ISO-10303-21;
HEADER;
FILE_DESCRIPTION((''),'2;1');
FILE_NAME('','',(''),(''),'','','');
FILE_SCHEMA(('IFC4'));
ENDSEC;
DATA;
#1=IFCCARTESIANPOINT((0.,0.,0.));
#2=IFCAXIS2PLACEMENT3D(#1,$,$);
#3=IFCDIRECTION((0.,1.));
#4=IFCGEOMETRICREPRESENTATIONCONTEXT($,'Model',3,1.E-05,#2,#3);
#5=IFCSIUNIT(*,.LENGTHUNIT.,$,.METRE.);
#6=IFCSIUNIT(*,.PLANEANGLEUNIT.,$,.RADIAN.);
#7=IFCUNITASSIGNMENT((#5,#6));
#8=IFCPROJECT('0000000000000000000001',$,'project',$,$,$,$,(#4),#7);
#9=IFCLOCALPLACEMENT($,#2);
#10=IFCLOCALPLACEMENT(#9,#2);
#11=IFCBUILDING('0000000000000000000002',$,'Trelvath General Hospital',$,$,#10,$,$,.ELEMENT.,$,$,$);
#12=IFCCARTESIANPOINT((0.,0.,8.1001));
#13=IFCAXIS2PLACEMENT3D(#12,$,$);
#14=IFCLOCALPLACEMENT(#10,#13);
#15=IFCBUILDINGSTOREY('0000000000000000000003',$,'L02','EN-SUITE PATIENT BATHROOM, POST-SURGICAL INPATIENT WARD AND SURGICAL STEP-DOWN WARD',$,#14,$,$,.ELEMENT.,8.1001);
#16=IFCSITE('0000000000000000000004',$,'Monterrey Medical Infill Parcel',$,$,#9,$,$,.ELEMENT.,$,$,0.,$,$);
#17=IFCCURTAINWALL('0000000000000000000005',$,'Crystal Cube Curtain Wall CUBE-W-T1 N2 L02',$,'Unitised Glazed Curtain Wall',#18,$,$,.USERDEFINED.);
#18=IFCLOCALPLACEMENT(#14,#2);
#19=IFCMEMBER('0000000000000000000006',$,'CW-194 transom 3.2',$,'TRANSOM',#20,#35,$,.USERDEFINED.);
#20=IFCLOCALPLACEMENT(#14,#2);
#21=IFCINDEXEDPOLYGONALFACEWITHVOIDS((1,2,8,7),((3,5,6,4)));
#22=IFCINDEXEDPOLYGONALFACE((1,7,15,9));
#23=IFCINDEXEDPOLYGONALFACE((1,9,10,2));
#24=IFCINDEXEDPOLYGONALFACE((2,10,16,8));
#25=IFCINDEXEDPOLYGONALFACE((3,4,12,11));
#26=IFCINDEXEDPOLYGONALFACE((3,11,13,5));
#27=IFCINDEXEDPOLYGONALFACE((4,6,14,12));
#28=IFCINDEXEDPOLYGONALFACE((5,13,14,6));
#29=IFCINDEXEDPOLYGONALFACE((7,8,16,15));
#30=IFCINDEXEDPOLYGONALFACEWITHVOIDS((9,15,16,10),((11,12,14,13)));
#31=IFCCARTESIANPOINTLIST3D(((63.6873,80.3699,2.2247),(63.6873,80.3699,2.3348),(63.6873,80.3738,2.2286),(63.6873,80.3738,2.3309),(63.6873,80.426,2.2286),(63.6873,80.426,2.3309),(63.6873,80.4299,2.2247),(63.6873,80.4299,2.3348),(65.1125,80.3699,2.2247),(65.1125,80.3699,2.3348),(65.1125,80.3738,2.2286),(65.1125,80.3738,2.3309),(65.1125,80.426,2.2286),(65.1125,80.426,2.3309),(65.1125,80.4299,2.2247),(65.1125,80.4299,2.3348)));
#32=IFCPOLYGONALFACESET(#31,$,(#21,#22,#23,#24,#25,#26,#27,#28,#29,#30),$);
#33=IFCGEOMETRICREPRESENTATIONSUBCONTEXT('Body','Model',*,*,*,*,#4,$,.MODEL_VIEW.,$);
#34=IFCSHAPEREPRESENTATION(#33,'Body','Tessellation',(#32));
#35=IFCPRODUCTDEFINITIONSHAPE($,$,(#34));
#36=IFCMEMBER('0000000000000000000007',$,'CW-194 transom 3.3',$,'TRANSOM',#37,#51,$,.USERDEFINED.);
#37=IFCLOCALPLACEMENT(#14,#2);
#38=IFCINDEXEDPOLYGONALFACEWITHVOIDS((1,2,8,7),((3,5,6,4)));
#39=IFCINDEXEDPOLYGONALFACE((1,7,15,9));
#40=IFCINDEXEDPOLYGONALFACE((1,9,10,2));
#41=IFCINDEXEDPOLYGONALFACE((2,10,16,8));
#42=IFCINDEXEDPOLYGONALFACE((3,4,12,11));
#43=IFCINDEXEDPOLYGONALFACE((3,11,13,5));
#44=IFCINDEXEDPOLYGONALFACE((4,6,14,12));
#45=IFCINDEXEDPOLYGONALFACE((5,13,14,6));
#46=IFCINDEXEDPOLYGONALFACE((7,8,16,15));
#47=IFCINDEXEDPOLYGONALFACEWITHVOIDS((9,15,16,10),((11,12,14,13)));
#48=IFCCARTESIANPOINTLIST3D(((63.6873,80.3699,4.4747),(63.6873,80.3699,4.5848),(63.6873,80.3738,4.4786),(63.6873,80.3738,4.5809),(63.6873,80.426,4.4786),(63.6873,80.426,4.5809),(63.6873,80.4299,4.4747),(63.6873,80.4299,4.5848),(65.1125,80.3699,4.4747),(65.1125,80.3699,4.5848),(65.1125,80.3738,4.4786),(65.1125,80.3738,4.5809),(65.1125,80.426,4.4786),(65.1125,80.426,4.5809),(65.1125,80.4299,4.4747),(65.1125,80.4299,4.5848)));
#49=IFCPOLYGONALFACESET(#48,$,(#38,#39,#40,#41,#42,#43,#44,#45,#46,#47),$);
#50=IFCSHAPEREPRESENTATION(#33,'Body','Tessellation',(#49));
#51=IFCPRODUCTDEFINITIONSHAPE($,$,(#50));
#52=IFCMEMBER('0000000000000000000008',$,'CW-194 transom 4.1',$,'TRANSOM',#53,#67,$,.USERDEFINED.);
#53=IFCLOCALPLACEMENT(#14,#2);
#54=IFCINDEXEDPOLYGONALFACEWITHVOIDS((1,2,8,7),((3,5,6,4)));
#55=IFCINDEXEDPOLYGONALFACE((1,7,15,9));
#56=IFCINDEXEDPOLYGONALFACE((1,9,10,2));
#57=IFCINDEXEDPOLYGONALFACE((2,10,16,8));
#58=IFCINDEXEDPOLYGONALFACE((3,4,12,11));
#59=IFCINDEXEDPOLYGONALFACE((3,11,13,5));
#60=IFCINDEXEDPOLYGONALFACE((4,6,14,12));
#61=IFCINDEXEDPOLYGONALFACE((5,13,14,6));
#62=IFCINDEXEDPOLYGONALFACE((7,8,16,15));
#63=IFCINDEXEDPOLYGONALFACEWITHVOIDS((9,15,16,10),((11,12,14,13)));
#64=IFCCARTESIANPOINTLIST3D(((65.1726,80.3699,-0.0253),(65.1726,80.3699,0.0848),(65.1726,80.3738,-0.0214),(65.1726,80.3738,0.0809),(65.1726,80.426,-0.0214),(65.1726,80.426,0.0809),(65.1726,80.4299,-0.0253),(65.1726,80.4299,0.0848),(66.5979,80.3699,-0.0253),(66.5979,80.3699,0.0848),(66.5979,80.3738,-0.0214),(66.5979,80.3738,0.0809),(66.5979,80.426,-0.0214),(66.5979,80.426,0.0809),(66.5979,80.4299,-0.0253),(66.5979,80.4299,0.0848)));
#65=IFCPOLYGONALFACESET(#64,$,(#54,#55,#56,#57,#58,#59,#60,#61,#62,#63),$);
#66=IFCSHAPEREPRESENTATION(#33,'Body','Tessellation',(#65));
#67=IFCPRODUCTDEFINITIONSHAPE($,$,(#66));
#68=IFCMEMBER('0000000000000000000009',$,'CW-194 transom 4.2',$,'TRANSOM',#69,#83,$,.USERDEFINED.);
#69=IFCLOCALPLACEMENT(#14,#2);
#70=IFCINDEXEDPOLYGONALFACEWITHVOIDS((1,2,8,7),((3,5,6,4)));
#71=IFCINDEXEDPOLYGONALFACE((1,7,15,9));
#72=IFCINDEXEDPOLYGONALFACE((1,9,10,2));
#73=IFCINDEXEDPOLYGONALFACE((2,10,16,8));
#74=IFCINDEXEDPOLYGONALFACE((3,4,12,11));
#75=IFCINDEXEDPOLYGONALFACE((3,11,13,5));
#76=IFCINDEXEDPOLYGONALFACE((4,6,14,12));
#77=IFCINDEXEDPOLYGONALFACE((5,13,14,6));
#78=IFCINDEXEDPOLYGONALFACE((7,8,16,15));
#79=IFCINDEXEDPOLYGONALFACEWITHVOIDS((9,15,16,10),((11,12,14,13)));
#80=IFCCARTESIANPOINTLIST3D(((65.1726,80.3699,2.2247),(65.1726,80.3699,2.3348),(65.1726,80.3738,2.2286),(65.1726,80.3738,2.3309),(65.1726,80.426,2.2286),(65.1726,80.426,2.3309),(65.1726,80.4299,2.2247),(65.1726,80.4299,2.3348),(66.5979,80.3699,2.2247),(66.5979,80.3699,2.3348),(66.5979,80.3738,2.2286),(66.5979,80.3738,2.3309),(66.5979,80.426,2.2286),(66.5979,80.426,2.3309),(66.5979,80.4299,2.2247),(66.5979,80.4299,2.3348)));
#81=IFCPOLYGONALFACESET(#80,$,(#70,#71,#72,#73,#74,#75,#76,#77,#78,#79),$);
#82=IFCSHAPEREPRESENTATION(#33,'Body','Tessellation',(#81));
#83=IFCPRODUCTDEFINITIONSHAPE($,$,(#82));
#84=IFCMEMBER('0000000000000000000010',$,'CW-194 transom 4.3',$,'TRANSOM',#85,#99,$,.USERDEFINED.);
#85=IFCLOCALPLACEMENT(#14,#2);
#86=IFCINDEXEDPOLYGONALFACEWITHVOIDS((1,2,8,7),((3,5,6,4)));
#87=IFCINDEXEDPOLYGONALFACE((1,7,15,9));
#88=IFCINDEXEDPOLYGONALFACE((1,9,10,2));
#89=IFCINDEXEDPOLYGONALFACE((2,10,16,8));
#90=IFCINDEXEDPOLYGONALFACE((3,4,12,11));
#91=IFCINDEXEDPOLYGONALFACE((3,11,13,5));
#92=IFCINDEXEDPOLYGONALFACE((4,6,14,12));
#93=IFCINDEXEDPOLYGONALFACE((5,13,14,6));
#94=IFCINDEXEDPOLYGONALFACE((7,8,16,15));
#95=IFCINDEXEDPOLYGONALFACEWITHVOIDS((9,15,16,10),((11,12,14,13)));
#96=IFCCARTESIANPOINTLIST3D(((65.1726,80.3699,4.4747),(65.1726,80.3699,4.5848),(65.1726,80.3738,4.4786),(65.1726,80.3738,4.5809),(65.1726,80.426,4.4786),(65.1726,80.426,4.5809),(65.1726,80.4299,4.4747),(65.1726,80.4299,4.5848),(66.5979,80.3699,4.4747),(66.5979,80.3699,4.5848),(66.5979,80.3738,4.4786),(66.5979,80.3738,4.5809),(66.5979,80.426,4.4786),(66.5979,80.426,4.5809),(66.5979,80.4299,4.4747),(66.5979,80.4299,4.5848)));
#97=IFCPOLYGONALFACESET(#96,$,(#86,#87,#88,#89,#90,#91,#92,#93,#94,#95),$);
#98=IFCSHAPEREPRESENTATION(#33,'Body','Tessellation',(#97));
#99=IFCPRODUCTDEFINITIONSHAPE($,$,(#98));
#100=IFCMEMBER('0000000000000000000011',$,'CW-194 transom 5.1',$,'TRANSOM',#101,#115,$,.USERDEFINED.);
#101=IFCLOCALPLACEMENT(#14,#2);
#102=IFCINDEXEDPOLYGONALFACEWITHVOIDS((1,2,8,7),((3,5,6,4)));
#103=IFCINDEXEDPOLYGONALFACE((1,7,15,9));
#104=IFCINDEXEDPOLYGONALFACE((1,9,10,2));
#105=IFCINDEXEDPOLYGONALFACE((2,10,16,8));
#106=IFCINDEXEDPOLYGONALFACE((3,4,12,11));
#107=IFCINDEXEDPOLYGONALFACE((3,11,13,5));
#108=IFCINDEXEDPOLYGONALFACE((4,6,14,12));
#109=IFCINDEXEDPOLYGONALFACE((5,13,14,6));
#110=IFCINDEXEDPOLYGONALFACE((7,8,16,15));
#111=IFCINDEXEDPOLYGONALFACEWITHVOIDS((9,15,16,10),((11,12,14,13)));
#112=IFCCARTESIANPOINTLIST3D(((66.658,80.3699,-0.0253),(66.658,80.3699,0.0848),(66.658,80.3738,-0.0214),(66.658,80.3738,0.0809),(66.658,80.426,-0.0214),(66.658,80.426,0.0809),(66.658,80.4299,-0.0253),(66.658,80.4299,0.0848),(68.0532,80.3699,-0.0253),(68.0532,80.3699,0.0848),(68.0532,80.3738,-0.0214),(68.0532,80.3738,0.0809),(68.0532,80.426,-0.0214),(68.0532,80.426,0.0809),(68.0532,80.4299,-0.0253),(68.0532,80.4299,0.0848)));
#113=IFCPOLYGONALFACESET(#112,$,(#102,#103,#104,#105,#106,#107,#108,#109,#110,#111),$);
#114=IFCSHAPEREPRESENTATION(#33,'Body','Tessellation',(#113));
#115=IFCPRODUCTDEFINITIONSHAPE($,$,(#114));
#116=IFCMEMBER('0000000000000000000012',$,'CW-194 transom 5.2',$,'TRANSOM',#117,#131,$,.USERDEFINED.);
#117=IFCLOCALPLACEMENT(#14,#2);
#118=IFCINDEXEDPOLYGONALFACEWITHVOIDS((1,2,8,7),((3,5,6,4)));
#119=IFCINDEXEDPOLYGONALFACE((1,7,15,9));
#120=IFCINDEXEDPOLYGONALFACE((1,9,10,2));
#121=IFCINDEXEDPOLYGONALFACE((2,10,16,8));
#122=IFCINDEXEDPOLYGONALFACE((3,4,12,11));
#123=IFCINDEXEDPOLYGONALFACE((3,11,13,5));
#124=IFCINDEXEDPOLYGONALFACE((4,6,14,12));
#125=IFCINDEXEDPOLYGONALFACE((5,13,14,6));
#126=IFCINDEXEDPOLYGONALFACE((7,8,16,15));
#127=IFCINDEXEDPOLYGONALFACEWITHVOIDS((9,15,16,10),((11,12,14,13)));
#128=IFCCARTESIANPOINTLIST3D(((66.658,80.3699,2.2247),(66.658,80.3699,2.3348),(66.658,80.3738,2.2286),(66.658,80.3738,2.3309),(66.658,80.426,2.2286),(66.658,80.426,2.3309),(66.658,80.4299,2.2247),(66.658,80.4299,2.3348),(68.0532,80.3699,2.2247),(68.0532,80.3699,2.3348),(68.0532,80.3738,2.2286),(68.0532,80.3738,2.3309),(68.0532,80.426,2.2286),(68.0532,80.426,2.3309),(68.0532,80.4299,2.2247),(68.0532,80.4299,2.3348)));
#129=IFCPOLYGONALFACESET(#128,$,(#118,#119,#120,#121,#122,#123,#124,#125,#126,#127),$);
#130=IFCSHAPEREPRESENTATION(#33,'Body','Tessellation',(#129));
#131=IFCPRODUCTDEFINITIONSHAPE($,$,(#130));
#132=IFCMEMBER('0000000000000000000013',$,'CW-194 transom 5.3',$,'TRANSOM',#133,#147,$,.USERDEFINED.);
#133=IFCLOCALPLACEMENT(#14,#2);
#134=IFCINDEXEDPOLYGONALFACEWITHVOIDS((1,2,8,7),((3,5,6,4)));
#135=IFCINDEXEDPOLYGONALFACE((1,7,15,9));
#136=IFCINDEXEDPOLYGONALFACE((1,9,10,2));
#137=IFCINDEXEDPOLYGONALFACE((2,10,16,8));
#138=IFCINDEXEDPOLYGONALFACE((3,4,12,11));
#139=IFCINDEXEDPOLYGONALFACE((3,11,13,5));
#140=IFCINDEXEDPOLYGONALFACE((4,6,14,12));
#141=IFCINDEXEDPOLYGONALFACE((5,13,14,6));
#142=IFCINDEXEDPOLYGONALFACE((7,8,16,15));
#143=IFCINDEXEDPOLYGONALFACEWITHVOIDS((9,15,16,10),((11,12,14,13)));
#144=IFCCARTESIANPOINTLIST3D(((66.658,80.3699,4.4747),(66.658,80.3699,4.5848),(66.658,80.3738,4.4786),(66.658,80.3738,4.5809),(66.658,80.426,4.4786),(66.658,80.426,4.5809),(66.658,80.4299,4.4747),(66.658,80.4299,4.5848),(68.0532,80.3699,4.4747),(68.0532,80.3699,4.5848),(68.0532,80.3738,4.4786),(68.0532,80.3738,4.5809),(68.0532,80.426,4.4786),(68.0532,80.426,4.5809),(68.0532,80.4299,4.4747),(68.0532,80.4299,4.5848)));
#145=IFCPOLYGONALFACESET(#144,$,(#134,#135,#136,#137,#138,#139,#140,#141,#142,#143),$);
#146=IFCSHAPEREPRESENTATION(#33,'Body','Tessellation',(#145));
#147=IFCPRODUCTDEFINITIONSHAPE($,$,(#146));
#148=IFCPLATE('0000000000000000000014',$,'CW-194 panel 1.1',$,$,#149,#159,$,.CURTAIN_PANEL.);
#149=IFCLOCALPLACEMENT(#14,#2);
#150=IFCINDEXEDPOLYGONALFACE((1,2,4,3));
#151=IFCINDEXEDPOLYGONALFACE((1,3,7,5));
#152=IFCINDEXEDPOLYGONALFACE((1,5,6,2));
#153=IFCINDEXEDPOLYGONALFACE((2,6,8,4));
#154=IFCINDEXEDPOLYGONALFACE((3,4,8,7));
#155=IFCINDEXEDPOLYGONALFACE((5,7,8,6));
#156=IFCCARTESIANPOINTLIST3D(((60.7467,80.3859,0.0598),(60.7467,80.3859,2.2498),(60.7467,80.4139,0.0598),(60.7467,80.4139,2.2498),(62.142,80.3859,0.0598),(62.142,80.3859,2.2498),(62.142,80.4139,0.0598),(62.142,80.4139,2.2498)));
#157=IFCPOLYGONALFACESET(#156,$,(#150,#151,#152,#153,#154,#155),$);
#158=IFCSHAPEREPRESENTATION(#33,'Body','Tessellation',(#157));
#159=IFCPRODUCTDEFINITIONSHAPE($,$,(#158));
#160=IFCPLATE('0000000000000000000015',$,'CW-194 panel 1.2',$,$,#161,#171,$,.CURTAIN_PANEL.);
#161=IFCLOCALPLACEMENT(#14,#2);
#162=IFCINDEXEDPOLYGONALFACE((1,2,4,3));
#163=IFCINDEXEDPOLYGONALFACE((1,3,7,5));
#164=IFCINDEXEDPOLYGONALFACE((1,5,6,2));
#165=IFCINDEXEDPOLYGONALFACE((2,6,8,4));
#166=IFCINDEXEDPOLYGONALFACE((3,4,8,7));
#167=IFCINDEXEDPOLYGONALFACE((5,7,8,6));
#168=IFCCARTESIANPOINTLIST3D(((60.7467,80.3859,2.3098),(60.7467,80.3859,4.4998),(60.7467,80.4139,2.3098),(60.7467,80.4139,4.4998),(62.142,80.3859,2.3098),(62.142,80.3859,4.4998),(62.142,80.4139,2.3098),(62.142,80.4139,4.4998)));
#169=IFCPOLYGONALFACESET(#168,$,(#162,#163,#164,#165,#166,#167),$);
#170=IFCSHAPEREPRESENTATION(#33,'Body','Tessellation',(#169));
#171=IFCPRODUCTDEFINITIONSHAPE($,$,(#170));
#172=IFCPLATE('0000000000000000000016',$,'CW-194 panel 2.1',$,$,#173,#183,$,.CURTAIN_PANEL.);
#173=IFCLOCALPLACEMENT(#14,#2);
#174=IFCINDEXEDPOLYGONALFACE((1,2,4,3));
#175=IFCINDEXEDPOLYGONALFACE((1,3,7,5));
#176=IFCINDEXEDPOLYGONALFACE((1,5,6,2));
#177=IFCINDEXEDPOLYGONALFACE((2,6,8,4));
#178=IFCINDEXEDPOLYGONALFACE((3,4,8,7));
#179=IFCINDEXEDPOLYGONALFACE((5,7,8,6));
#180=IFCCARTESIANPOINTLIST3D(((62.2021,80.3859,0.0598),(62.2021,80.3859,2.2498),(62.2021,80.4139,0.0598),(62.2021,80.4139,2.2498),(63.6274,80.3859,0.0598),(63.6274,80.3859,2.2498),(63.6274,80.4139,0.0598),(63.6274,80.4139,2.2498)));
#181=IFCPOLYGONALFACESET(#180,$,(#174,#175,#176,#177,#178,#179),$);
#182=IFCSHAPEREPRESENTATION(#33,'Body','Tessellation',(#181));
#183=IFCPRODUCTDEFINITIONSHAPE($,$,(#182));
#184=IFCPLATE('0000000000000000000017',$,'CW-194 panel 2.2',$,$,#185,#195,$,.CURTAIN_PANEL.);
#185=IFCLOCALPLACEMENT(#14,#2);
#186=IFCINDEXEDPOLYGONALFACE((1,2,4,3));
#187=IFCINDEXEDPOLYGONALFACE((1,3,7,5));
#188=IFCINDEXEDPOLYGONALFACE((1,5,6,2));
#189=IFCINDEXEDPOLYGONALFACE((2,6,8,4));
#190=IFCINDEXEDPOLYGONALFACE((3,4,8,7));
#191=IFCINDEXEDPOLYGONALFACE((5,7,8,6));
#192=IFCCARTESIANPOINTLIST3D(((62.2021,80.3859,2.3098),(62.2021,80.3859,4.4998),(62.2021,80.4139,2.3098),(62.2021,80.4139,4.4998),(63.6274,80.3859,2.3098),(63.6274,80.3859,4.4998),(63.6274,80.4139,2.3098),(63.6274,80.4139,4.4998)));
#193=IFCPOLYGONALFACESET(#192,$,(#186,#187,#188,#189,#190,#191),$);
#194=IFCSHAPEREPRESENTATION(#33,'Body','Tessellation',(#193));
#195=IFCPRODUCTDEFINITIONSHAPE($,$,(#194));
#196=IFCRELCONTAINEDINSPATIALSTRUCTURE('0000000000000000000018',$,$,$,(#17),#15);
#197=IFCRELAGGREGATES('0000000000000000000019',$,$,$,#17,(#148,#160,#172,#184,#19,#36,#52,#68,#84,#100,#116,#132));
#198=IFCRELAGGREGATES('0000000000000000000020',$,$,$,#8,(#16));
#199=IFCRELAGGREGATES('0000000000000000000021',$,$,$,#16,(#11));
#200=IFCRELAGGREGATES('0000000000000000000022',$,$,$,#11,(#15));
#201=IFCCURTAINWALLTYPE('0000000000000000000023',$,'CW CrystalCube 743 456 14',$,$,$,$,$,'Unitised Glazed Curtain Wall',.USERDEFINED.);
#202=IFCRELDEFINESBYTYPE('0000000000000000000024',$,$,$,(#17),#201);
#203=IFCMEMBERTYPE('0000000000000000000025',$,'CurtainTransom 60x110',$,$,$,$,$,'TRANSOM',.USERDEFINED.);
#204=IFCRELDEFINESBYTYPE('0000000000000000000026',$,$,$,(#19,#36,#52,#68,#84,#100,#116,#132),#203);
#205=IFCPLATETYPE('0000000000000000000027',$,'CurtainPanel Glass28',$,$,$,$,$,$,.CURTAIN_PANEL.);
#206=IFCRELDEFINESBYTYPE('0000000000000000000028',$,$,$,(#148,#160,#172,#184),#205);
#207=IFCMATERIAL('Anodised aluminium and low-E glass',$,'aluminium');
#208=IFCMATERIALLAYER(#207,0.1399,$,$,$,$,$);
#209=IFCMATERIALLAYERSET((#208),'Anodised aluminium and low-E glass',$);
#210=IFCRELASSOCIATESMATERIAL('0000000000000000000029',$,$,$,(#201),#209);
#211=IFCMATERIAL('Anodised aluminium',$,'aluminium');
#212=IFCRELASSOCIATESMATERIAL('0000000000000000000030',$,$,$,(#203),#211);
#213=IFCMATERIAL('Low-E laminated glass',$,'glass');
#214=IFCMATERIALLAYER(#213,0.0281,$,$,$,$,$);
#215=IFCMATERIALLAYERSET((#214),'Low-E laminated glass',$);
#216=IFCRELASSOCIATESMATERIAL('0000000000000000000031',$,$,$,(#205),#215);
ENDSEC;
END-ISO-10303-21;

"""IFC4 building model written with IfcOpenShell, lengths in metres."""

from ifc_helpers import new_model, si_unit, direction, frame, origin, origin_2d, place, context, subcontext, project, spatial, rectangle, hollow_rectangle, extrude, material, layer, layer_set, material_profile, profile_set, type_object, element, aggregate, save


model = new_model("IFC4")

# Units and contexts
model_context = context("Model", 3, precision=1e-05, world=origin(), true_north=direction((0.0, 1.0)))
body_context = subcontext(model_context, "Body", "Model", "MODEL_VIEW")
ifc_project = project(units=[si_unit("LENGTHUNIT", "METRE"), si_unit("PLANEANGLEUNIT", "RADIAN")], contexts=[model_context])

# Site, building, storey
site_placement = place(None, origin())
site = spatial("IfcSite", under=ifc_project, at=site_placement, Name="Monterrey Medical Infill Parcel", CompositionType="ELEMENT", RefElevation=0.0)
building_placement = place(site_placement, origin())
building = spatial("IfcBuilding", under=site, at=building_placement, Name="Trelvath General Hospital", CompositionType="ELEMENT")
storey_placement = place(building_placement, frame((0.0, 0.0, 8.1001)))
storey = spatial("IfcBuildingStorey", under=building, at=storey_placement, Name="L02", Description="EN-SUITE PATIENT BATHROOM, POST-SURGICAL INPATIENT WARD AND SURGICAL STEP-DOWN WARD", CompositionType="ELEMENT", Elevation=8.1001)

# Curtain wall, members, plates
ifc_material_1 = material(Name="Anodised aluminium and low-E glass", Category="aluminium")
ifc_layer_1 = layer(ifc_material_1, 0.1399)
ifc_layer_set_1 = layer_set([ifc_layer_1], Name="Anodised aluminium and low-E glass")
curtain_wall_type = type_object("IfcCurtainWallType", Name="CW CrystalCube 743 456 14", ElementType="Unitised Glazed Curtain Wall", PredefinedType="USERDEFINED", material=ifc_layer_set_1)
curtain_wall_placement = place(storey_placement, origin())
curtain_wall = element("IfcCurtainWall", 1, at=curtain_wall_placement, inside=storey, type_object=curtain_wall_type, Name="Crystal Cube Curtain Wall CUBE-W-T1 N2 L02", ObjectType="Unitised Glazed Curtain Wall", PredefinedType="USERDEFINED")
ifc_material_2 = material(Name="Anodised aluminium", Category="aluminium")
ifc_material_profile_1 = material_profile(ifc_material_2, hollow_rectangle(XDim=0.0601, YDim=0.1101, WallThickness=0.0039, at=origin_2d()), Name="RHS60x110x4")
ifc_profile_set_1 = profile_set([ifc_material_profile_1], Name="Anodised aluminium")
member_type_1 = type_object("IfcMemberType", Name="CurtainTransom 60x110", ElementType="TRANSOM", PredefinedType="USERDEFINED", material=ifc_profile_set_1)
member_1_placement = place(storey_placement, frame((63.6873, 80.3999, 2.2798), z_axis=(1.0, 0.0, 0.0), x_axis=(0.0, 1.0, 0.0)))
member_1 = element("IfcMember", 2, at=member_1_placement, type_object=member_type_1, Name="CW-194 transom 3.2", ObjectType="TRANSOM", PredefinedType="USERDEFINED", context=body_context, shape_type="SweptSolid", body=[
    extrude(hollow_rectangle(XDim=0.0601, YDim=0.1101, WallThickness=0.0039, at=origin_2d()), origin(), (0.0, 0.0, 1.0), 1.4253),
])
member_2_placement = place(storey_placement, frame((63.6873, 80.3999, 4.5298), z_axis=(1.0, 0.0, 0.0), x_axis=(0.0, 1.0, 0.0)))
member_2 = element("IfcMember", 3, at=member_2_placement, type_object=member_type_1, Name="CW-194 transom 3.3", ObjectType="TRANSOM", PredefinedType="USERDEFINED", context=body_context, shape_type="SweptSolid", body=[
    extrude(hollow_rectangle(XDim=0.0601, YDim=0.1101, WallThickness=0.0039, at=origin_2d()), origin(), (0.0, 0.0, 1.0), 1.4253),
])
member_3_placement = place(storey_placement, frame((65.1726, 80.3999, 0.0298), z_axis=(1.0, 0.0, 0.0), x_axis=(0.0, 1.0, 0.0)))
member_3 = element("IfcMember", 4, at=member_3_placement, type_object=member_type_1, Name="CW-194 transom 4.1", ObjectType="TRANSOM", PredefinedType="USERDEFINED", context=body_context, shape_type="SweptSolid", body=[
    extrude(hollow_rectangle(XDim=0.0601, YDim=0.1101, WallThickness=0.0039, at=origin_2d()), origin(), (0.0, 0.0, 1.0), 1.4253),
])
member_4_placement = place(storey_placement, frame((65.1726, 80.3999, 2.2798), z_axis=(1.0, 0.0, 0.0), x_axis=(0.0, 1.0, 0.0)))
member_4 = element("IfcMember", 5, at=member_4_placement, type_object=member_type_1, Name="CW-194 transom 4.2", ObjectType="TRANSOM", PredefinedType="USERDEFINED", context=body_context, shape_type="SweptSolid", body=[
    extrude(hollow_rectangle(XDim=0.0601, YDim=0.1101, WallThickness=0.0039, at=origin_2d()), origin(), (0.0, 0.0, 1.0), 1.4253),
])
member_5_placement = place(storey_placement, frame((65.1726, 80.3999, 4.5298), z_axis=(1.0, 0.0, 0.0), x_axis=(0.0, 1.0, 0.0)))
member_5 = element("IfcMember", 6, at=member_5_placement, type_object=member_type_1, Name="CW-194 transom 4.3", ObjectType="TRANSOM", PredefinedType="USERDEFINED", context=body_context, shape_type="SweptSolid", body=[
    extrude(hollow_rectangle(XDim=0.0601, YDim=0.1101, WallThickness=0.0039, at=origin_2d()), origin(), (0.0, 0.0, 1.0), 1.4253),
])
member_6_placement = place(storey_placement, frame((66.658, 80.3999, 0.0298), z_axis=(1.0, 0.0, 0.0), x_axis=(0.0, 1.0, 0.0)))
member_6 = element("IfcMember", 7, at=member_6_placement, type_object=member_type_1, Name="CW-194 transom 5.1", ObjectType="TRANSOM", PredefinedType="USERDEFINED", context=body_context, shape_type="SweptSolid", body=[
    extrude(hollow_rectangle(XDim=0.0601, YDim=0.1101, WallThickness=0.0039, at=origin_2d()), origin(), (0.0, 0.0, 1.0), 1.3953),
])
member_7_placement = place(storey_placement, frame((66.658, 80.3999, 2.2798), z_axis=(1.0, 0.0, 0.0), x_axis=(0.0, 1.0, 0.0)))
member_7 = element("IfcMember", 8, at=member_7_placement, type_object=member_type_1, Name="CW-194 transom 5.2", ObjectType="TRANSOM", PredefinedType="USERDEFINED", context=body_context, shape_type="SweptSolid", body=[
    extrude(hollow_rectangle(XDim=0.0601, YDim=0.1101, WallThickness=0.0039, at=origin_2d()), origin(), (0.0, 0.0, 1.0), 1.3953),
])
member_8_placement = place(storey_placement, frame((66.658, 80.3999, 4.5298), z_axis=(1.0, 0.0, 0.0), x_axis=(0.0, 1.0, 0.0)))
member_8 = element("IfcMember", 9, at=member_8_placement, type_object=member_type_1, Name="CW-194 transom 5.3", ObjectType="TRANSOM", PredefinedType="USERDEFINED", context=body_context, shape_type="SweptSolid", body=[
    extrude(hollow_rectangle(XDim=0.0601, YDim=0.1101, WallThickness=0.0039, at=origin_2d()), origin(), (0.0, 0.0, 1.0), 1.3953),
])
ifc_material_3 = material(Name="Low-E laminated glass", Category="glass")
ifc_layer_2 = layer(ifc_material_3, 0.0281)
ifc_layer_set_2 = layer_set([ifc_layer_2], Name="Low-E laminated glass")
plate_type = type_object("IfcPlateType", Name="CurtainPanel Glass28", PredefinedType="CURTAIN_PANEL", material=ifc_layer_set_2)
plate_1_placement = place(storey_placement, frame((61.4443, 80.3999, 0.0598), z_axis=(0.0, 0.0, 1.0), x_axis=(1.0, 0.0, 0.0)))
plate_1 = element("IfcPlate", 10, at=plate_1_placement, type_object=plate_type, Name="CW-194 panel 1.1", PredefinedType="CURTAIN_PANEL", context=body_context, shape_type="SweptSolid", body=[
    extrude(rectangle(XDim=1.3953, YDim=0.0281, at=origin_2d()), origin(), (0.0, 0.0, 1.0), 2.1899),
])
plate_2_placement = place(storey_placement, frame((61.4443, 80.3999, 2.3098), z_axis=(0.0, 0.0, 1.0), x_axis=(1.0, 0.0, 0.0)))
plate_2 = element("IfcPlate", 11, at=plate_2_placement, type_object=plate_type, Name="CW-194 panel 1.2", PredefinedType="CURTAIN_PANEL", context=body_context, shape_type="SweptSolid", body=[
    extrude(rectangle(XDim=1.3953, YDim=0.0281, at=origin_2d()), origin(), (0.0, 0.0, 1.0), 2.1899),
])
plate_3_placement = place(storey_placement, frame((62.9148, 80.3999, 0.0598), z_axis=(0.0, 0.0, 1.0), x_axis=(1.0, 0.0, 0.0)))
plate_3 = element("IfcPlate", 12, at=plate_3_placement, type_object=plate_type, Name="CW-194 panel 2.1", PredefinedType="CURTAIN_PANEL", context=body_context, shape_type="SweptSolid", body=[
    extrude(rectangle(XDim=1.4253, YDim=0.0281, at=origin_2d()), origin(), (0.0, 0.0, 1.0), 2.1899),
])
plate_4_placement = place(storey_placement, frame((62.9148, 80.3999, 2.3098), z_axis=(0.0, 0.0, 1.0), x_axis=(1.0, 0.0, 0.0)))
plate_4 = element("IfcPlate", 13, at=plate_4_placement, type_object=plate_type, Name="CW-194 panel 2.2", PredefinedType="CURTAIN_PANEL", context=body_context, shape_type="SweptSolid", body=[
    extrude(rectangle(XDim=1.4253, YDim=0.0281, at=origin_2d()), origin(), (0.0, 0.0, 1.0), 2.1899),
])
aggregate(curtain_wall, [plate_1, plate_2, plate_3, plate_4, member_1, member_2, member_3, member_4, member_5, member_6, member_7, member_8])

save(model, "model.ifc")
